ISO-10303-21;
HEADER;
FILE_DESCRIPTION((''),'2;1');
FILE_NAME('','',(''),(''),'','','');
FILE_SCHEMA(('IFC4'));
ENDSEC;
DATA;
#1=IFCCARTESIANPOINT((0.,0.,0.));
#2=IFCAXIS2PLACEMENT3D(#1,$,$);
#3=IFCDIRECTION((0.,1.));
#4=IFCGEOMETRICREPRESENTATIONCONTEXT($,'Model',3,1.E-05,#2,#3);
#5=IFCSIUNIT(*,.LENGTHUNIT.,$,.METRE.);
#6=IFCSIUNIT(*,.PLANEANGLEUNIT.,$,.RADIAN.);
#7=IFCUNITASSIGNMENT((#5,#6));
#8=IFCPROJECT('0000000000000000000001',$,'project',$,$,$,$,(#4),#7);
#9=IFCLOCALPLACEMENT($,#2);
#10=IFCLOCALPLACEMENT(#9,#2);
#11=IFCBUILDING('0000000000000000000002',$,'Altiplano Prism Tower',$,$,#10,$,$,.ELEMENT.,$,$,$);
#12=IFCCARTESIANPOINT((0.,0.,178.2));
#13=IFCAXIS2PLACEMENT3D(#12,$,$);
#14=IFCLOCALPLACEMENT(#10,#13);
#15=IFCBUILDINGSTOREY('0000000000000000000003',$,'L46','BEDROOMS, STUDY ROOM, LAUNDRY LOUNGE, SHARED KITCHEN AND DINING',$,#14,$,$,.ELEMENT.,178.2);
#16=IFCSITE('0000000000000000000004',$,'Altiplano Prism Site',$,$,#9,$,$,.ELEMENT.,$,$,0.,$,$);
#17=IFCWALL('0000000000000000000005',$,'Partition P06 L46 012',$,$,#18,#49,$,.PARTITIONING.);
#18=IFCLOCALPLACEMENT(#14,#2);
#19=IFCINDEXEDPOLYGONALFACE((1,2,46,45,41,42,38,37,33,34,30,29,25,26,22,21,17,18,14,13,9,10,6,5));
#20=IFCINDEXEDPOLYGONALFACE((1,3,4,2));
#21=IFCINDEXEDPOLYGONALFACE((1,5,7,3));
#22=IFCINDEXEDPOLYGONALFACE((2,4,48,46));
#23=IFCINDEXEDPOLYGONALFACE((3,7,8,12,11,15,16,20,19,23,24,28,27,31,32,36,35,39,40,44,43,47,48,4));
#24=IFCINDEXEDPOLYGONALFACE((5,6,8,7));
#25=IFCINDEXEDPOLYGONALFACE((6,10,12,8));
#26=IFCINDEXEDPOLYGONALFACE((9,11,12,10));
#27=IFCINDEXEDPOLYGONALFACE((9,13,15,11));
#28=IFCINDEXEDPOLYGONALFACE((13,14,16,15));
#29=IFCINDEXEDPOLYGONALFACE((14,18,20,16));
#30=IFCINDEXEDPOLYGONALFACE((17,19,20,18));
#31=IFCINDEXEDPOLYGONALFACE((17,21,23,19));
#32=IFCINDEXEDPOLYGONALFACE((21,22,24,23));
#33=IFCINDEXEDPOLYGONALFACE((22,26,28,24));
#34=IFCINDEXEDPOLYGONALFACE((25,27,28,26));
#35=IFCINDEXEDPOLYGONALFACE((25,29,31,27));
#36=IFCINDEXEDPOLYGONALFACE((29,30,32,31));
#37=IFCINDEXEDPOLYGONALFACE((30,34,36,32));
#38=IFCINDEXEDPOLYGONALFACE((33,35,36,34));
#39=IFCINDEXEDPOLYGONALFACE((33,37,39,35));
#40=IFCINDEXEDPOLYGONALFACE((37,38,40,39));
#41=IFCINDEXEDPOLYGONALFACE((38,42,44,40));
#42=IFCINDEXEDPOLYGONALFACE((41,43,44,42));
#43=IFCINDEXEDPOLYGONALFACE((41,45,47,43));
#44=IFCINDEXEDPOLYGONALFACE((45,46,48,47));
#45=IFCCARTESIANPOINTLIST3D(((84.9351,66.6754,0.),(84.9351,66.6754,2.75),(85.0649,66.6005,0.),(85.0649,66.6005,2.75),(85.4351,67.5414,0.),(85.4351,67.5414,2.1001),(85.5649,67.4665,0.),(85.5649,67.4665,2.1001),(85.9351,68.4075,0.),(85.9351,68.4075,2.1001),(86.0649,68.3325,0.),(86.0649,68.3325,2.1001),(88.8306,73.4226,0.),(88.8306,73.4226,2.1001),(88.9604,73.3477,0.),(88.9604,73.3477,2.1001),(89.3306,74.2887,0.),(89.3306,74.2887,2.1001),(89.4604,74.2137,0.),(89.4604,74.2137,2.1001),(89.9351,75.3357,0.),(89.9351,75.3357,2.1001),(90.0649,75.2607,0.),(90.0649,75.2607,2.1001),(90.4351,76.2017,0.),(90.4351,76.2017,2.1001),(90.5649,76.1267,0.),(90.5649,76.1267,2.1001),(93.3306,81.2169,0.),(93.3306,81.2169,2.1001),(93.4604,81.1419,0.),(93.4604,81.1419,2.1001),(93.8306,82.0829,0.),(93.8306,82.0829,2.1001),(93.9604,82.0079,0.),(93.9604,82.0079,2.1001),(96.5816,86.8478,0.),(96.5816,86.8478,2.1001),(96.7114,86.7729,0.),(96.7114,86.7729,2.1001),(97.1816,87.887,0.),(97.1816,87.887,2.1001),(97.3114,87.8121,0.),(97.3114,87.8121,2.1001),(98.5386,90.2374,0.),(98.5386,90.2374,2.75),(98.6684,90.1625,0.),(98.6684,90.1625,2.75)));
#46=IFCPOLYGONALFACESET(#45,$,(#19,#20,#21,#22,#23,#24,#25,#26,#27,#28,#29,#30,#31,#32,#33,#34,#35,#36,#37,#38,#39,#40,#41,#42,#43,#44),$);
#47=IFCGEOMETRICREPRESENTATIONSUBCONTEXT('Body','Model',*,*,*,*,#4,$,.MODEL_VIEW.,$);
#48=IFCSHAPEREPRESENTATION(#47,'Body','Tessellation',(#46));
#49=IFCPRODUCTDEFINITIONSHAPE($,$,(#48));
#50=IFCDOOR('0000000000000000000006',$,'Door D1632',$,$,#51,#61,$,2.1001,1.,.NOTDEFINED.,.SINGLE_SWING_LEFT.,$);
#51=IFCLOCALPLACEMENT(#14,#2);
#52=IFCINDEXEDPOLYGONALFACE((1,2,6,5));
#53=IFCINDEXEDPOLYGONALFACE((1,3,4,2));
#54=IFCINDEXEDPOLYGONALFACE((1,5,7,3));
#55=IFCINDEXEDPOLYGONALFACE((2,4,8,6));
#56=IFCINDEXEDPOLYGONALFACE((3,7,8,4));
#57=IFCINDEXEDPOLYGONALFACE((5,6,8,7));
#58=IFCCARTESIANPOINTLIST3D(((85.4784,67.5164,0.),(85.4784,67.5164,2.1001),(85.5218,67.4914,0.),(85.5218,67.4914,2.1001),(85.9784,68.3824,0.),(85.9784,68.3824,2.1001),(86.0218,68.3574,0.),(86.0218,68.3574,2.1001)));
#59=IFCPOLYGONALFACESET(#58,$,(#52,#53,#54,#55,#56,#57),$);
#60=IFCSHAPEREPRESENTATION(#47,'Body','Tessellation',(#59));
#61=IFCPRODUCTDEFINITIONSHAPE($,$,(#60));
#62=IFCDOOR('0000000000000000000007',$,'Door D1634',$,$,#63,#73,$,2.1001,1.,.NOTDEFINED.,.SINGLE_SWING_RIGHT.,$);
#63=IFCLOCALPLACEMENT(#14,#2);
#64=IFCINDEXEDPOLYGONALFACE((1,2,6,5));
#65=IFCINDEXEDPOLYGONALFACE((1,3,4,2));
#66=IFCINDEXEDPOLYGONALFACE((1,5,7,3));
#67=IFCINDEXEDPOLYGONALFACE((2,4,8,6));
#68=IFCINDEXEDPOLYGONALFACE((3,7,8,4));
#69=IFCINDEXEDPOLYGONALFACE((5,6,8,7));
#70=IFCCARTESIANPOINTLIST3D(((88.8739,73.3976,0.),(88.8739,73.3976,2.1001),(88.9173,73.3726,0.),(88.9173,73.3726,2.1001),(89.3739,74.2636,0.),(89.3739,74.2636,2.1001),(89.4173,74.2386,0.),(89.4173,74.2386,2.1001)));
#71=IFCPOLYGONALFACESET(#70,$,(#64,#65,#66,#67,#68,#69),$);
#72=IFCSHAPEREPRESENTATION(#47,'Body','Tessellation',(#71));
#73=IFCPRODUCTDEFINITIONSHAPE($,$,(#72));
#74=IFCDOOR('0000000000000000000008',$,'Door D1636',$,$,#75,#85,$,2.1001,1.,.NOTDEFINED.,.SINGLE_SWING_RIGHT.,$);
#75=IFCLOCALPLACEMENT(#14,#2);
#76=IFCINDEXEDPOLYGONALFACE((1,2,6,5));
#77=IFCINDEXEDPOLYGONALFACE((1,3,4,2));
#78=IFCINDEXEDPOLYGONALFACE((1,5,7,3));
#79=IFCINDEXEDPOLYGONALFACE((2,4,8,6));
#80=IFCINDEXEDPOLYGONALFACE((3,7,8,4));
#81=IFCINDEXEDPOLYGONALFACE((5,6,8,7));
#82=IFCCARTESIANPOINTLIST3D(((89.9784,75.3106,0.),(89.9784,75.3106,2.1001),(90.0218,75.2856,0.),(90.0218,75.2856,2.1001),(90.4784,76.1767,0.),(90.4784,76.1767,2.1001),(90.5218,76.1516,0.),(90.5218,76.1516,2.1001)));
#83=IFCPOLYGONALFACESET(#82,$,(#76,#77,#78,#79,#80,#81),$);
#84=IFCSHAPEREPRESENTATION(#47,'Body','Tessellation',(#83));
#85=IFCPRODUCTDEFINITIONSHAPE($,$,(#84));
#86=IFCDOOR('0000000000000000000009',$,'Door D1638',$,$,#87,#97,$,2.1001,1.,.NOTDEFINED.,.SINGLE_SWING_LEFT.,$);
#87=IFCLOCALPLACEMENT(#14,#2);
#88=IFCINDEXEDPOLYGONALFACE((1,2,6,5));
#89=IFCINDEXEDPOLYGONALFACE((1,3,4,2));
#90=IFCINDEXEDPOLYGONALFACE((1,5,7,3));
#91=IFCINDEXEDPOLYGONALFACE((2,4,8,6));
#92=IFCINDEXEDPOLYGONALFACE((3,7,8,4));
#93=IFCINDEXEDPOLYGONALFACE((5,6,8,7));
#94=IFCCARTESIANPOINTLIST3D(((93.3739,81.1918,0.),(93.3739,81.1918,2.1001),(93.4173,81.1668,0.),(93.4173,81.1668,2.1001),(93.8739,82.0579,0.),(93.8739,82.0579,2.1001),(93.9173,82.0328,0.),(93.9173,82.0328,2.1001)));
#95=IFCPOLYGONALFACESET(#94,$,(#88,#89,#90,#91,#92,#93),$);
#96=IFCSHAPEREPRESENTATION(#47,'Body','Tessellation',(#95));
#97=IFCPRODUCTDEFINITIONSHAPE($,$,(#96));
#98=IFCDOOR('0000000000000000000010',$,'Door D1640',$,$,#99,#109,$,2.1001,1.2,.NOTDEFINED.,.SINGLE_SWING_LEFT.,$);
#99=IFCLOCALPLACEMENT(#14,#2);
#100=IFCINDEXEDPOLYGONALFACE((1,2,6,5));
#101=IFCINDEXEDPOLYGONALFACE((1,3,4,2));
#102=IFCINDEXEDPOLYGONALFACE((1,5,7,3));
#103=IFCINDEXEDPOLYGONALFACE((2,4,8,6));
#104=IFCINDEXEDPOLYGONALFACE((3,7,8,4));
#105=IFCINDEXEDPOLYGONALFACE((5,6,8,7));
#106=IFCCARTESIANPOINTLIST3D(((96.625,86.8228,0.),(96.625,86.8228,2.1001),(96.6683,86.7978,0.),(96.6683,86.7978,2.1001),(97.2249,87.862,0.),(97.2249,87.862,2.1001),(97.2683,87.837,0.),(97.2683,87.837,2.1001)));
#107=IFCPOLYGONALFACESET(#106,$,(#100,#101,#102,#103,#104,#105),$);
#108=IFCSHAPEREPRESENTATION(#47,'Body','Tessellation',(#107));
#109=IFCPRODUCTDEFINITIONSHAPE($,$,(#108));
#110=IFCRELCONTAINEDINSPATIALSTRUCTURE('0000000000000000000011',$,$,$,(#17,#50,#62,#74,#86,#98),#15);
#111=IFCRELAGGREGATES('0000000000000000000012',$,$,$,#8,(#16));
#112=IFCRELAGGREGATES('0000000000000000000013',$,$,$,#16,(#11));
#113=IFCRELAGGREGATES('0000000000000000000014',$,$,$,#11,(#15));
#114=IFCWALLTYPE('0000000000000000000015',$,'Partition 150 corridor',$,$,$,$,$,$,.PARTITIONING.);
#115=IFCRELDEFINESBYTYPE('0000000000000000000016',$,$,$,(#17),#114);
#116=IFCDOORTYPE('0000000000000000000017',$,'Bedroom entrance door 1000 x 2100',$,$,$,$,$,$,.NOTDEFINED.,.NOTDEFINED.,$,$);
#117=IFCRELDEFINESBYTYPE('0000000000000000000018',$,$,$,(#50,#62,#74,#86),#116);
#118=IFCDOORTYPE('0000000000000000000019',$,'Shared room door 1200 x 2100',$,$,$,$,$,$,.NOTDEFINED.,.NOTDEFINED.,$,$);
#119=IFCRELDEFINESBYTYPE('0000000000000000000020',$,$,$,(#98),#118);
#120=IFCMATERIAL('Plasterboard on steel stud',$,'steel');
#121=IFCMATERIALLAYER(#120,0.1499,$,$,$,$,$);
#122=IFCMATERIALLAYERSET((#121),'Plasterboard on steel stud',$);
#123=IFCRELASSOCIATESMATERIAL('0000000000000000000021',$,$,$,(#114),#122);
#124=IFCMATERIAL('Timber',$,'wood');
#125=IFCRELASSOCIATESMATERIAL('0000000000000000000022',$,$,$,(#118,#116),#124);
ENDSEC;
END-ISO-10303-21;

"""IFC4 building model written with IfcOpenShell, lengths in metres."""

from ifc_helpers import new_model, si_unit, direction, frame, frame_2d, origin, place, context, subcontext, project, spatial, rectangle, extrude, material, layer, layer_set, type_object, element, fill, save


model = new_model("IFC4")

# Units and contexts
model_context = context("Model", 3, precision=1e-05, world=origin(), true_north=direction((0.0, 1.0)))
body_context = subcontext(model_context, "Body", "Model", "MODEL_VIEW")
ifc_project = project(units=[si_unit("LENGTHUNIT", "METRE"), si_unit("PLANEANGLEUNIT", "RADIAN")], contexts=[model_context])

# Site, building, storey
site_placement = place(None, origin())
site = spatial("IfcSite", under=ifc_project, at=site_placement, Name="Altiplano Prism Site", CompositionType="ELEMENT", RefElevation=0.0)
building_placement = place(site_placement, origin())
building = spatial("IfcBuilding", under=site, at=building_placement, Name="Altiplano Prism Tower", CompositionType="ELEMENT")
storey_placement = place(building_placement, frame((0.0, 0.0, 178.2)))
storey = spatial("IfcBuildingStorey", under=building, at=storey_placement, Name="L46", Description="BEDROOMS, STUDY ROOM, LAUNDRY LOUNGE, SHARED KITCHEN AND DINING", CompositionType="ELEMENT", Elevation=178.2)

# Shared definitions
ifc_material_1 = material(Name="Plasterboard on steel stud", Category="steel")

# Wall, openings, doors
ifc_layer_1 = layer(ifc_material_1, 0.1499)
ifc_layer_set_1 = layer_set([ifc_layer_1], Name="Plasterboard on steel stud")
wall_type_1 = type_object("IfcWallType", Name="Partition 150 corridor", PredefinedType="PARTITIONING", material=ifc_layer_set_1)
ifc_material_2 = material(Name="Timber", Category="wood")
door_type_1 = type_object("IfcDoorType", Name="Shared room door 1200 x 2100", OperationType="NOTDEFINED", PredefinedType="NOTDEFINED", material=ifc_material_2)
wall_1_placement = place(storey_placement, frame((85.0, 66.6379, 0.0), z_axis=(0.0, 0.0, 1.0), x_axis=(0.499999, 0.866026, 0.0)))
wall_1 = element("IfcWall", 1, at=wall_1_placement, inside=storey, type_object=wall_type_1, Name="Partition P06 L46 012", PredefinedType="PARTITIONING", context=body_context, shape_type="SweptSolid", body=[
    extrude(rectangle(XDim=27.207, YDim=0.1499, at=frame_2d((13.6035, 0.0))), origin(), (0.0, 0.0, 1.0), 2.75),
])
opening_1_placement = place(wall_1_placement, frame((1.0, 0.0, 0.0)))
opening_1 = element("IfcOpeningElement", 2, at=opening_1_placement, cuts=wall_1, PredefinedType="OPENING", context=body_context, shape_type="SweptSolid", body=[
    extrude(rectangle(XDim=1.0, YDim=2.1001, at=frame_2d((0.5, 1.05))), frame((0.0, 0.0854, 0.0), z_axis=(0.0, -1.0, 0.0), x_axis=(1.0, 0.0, 0.0)), (0.0, 0.0, 1.0), 0.1709),
])
opening_2_placement = place(wall_1_placement, frame((7.791, 0.0, 0.0)))
opening_2 = element("IfcOpeningElement", 3, at=opening_2_placement, cuts=wall_1, PredefinedType="OPENING", context=body_context, shape_type="SweptSolid", body=[
    extrude(rectangle(XDim=1.0, YDim=2.1001, at=frame_2d((0.5, 1.05))), frame((0.0, 0.0854, 0.0), z_axis=(0.0, -1.0, 0.0), x_axis=(1.0, 0.0, 0.0)), (0.0, 0.0, 1.0), 0.1709),
])
opening_3_placement = place(wall_1_placement, frame((10.0, 0.0, 0.0)))
opening_3 = element("IfcOpeningElement", 4, at=opening_3_placement, cuts=wall_1, PredefinedType="OPENING", context=body_context, shape_type="SweptSolid", body=[
    extrude(rectangle(XDim=1.0, YDim=2.1001, at=frame_2d((0.5, 1.05))), frame((0.0, 0.0854, 0.0), z_axis=(0.0, -1.0, 0.0), x_axis=(1.0, 0.0, 0.0)), (0.0, 0.0, 1.0), 0.1709),
])
opening_4_placement = place(wall_1_placement, frame((16.791, 0.0, 0.0)))
opening_4 = element("IfcOpeningElement", 5, at=opening_4_placement, cuts=wall_1, PredefinedType="OPENING", context=body_context, shape_type="SweptSolid", body=[
    extrude(rectangle(XDim=1.0, YDim=2.1001, at=frame_2d((0.5, 1.05))), frame((0.0, 0.0854, 0.0), z_axis=(0.0, -1.0, 0.0), x_axis=(1.0, 0.0, 0.0)), (0.0, 0.0, 1.0), 0.1709),
])
opening_5_placement = place(wall_1_placement, frame((23.293, 0.0, 0.0)))
opening_5 = element("IfcOpeningElement", 6, at=opening_5_placement, cuts=wall_1, PredefinedType="OPENING", context=body_context, shape_type="SweptSolid", body=[
    extrude(rectangle(XDim=1.2, YDim=2.1001, at=frame_2d((0.6001, 1.05))), frame((0.0, 0.0854, 0.0), z_axis=(0.0, -1.0, 0.0), x_axis=(1.0, 0.0, 0.0)), (0.0, 0.0, 1.0), 0.1709),
])
door_type_2 = type_object("IfcDoorType", Name="Bedroom entrance door 1000 x 2100", OperationType="NOTDEFINED", PredefinedType="NOTDEFINED", material=ifc_material_2)
door_1_placement = place(opening_1_placement, origin())
door_1 = element("IfcDoor", 7, at=door_1_placement, inside=storey, type_object=door_type_2, Name="Door D1632", OperationType="SINGLE_SWING_LEFT", OverallHeight=2.1001, OverallWidth=1.0, PredefinedType="NOTDEFINED", context=body_context, shape_type="SweptSolid", body=[
    extrude(rectangle(XDim=1.0, YDim=2.1001, at=frame_2d((0.5, 1.05))), frame((0.0, 0.0249, 0.0), z_axis=(0.0, -1.0, 0.0), x_axis=(1.0, 0.0, 0.0)), (0.0, 0.0, 1.0), 0.05),
])
fill(opening_1, door_1)
door_2_placement = place(opening_2_placement, origin())
door_2 = element("IfcDoor", 8, at=door_2_placement, inside=storey, type_object=door_type_2, Name="Door D1634", OperationType="SINGLE_SWING_RIGHT", OverallHeight=2.1001, OverallWidth=1.0, PredefinedType="NOTDEFINED", context=body_context, shape_type="SweptSolid", body=[
    extrude(rectangle(XDim=1.0, YDim=2.1001, at=frame_2d((0.5, 1.05))), frame((0.0, 0.0249, 0.0), z_axis=(0.0, -1.0, 0.0), x_axis=(1.0, 0.0, 0.0)), (0.0, 0.0, 1.0), 0.05),
])
fill(opening_2, door_2)
door_3_placement = place(opening_3_placement, origin())
door_3 = element("IfcDoor", 9, at=door_3_placement, inside=storey, type_object=door_type_2, Name="Door D1636", OperationType="SINGLE_SWING_RIGHT", OverallHeight=2.1001, OverallWidth=1.0, PredefinedType="NOTDEFINED", context=body_context, shape_type="SweptSolid", body=[
    extrude(rectangle(XDim=1.0, YDim=2.1001, at=frame_2d((0.5, 1.05))), frame((0.0, 0.0249, 0.0), z_axis=(0.0, -1.0, 0.0), x_axis=(1.0, 0.0, 0.0)), (0.0, 0.0, 1.0), 0.05),
])
fill(opening_3, door_3)
door_4_placement = place(opening_4_placement, origin())
door_4 = element("IfcDoor", 10, at=door_4_placement, inside=storey, type_object=door_type_2, Name="Door D1638", OperationType="SINGLE_SWING_LEFT", OverallHeight=2.1001, OverallWidth=1.0, PredefinedType="NOTDEFINED", context=body_context, shape_type="SweptSolid", body=[
    extrude(rectangle(XDim=1.0, YDim=2.1001, at=frame_2d((0.5, 1.05))), frame((0.0, 0.0249, 0.0), z_axis=(0.0, -1.0, 0.0), x_axis=(1.0, 0.0, 0.0)), (0.0, 0.0, 1.0), 0.05),
])
fill(opening_4, door_4)
door_5_placement = place(opening_5_placement, origin())
door_5 = element("IfcDoor", 11, at=door_5_placement, inside=storey, type_object=door_type_1, Name="Door D1640", OperationType="SINGLE_SWING_LEFT", OverallHeight=2.1001, OverallWidth=1.2, PredefinedType="NOTDEFINED", context=body_context, shape_type="SweptSolid", body=[
    extrude(rectangle(XDim=1.2, YDim=2.1001, at=frame_2d((0.6001, 1.05))), frame((0.0, 0.0249, 0.0), z_axis=(0.0, -1.0, 0.0), x_axis=(1.0, 0.0, 0.0)), (0.0, 0.0, 1.0), 0.05),
])
fill(opening_5, door_5)

save(model, "model.ifc")
